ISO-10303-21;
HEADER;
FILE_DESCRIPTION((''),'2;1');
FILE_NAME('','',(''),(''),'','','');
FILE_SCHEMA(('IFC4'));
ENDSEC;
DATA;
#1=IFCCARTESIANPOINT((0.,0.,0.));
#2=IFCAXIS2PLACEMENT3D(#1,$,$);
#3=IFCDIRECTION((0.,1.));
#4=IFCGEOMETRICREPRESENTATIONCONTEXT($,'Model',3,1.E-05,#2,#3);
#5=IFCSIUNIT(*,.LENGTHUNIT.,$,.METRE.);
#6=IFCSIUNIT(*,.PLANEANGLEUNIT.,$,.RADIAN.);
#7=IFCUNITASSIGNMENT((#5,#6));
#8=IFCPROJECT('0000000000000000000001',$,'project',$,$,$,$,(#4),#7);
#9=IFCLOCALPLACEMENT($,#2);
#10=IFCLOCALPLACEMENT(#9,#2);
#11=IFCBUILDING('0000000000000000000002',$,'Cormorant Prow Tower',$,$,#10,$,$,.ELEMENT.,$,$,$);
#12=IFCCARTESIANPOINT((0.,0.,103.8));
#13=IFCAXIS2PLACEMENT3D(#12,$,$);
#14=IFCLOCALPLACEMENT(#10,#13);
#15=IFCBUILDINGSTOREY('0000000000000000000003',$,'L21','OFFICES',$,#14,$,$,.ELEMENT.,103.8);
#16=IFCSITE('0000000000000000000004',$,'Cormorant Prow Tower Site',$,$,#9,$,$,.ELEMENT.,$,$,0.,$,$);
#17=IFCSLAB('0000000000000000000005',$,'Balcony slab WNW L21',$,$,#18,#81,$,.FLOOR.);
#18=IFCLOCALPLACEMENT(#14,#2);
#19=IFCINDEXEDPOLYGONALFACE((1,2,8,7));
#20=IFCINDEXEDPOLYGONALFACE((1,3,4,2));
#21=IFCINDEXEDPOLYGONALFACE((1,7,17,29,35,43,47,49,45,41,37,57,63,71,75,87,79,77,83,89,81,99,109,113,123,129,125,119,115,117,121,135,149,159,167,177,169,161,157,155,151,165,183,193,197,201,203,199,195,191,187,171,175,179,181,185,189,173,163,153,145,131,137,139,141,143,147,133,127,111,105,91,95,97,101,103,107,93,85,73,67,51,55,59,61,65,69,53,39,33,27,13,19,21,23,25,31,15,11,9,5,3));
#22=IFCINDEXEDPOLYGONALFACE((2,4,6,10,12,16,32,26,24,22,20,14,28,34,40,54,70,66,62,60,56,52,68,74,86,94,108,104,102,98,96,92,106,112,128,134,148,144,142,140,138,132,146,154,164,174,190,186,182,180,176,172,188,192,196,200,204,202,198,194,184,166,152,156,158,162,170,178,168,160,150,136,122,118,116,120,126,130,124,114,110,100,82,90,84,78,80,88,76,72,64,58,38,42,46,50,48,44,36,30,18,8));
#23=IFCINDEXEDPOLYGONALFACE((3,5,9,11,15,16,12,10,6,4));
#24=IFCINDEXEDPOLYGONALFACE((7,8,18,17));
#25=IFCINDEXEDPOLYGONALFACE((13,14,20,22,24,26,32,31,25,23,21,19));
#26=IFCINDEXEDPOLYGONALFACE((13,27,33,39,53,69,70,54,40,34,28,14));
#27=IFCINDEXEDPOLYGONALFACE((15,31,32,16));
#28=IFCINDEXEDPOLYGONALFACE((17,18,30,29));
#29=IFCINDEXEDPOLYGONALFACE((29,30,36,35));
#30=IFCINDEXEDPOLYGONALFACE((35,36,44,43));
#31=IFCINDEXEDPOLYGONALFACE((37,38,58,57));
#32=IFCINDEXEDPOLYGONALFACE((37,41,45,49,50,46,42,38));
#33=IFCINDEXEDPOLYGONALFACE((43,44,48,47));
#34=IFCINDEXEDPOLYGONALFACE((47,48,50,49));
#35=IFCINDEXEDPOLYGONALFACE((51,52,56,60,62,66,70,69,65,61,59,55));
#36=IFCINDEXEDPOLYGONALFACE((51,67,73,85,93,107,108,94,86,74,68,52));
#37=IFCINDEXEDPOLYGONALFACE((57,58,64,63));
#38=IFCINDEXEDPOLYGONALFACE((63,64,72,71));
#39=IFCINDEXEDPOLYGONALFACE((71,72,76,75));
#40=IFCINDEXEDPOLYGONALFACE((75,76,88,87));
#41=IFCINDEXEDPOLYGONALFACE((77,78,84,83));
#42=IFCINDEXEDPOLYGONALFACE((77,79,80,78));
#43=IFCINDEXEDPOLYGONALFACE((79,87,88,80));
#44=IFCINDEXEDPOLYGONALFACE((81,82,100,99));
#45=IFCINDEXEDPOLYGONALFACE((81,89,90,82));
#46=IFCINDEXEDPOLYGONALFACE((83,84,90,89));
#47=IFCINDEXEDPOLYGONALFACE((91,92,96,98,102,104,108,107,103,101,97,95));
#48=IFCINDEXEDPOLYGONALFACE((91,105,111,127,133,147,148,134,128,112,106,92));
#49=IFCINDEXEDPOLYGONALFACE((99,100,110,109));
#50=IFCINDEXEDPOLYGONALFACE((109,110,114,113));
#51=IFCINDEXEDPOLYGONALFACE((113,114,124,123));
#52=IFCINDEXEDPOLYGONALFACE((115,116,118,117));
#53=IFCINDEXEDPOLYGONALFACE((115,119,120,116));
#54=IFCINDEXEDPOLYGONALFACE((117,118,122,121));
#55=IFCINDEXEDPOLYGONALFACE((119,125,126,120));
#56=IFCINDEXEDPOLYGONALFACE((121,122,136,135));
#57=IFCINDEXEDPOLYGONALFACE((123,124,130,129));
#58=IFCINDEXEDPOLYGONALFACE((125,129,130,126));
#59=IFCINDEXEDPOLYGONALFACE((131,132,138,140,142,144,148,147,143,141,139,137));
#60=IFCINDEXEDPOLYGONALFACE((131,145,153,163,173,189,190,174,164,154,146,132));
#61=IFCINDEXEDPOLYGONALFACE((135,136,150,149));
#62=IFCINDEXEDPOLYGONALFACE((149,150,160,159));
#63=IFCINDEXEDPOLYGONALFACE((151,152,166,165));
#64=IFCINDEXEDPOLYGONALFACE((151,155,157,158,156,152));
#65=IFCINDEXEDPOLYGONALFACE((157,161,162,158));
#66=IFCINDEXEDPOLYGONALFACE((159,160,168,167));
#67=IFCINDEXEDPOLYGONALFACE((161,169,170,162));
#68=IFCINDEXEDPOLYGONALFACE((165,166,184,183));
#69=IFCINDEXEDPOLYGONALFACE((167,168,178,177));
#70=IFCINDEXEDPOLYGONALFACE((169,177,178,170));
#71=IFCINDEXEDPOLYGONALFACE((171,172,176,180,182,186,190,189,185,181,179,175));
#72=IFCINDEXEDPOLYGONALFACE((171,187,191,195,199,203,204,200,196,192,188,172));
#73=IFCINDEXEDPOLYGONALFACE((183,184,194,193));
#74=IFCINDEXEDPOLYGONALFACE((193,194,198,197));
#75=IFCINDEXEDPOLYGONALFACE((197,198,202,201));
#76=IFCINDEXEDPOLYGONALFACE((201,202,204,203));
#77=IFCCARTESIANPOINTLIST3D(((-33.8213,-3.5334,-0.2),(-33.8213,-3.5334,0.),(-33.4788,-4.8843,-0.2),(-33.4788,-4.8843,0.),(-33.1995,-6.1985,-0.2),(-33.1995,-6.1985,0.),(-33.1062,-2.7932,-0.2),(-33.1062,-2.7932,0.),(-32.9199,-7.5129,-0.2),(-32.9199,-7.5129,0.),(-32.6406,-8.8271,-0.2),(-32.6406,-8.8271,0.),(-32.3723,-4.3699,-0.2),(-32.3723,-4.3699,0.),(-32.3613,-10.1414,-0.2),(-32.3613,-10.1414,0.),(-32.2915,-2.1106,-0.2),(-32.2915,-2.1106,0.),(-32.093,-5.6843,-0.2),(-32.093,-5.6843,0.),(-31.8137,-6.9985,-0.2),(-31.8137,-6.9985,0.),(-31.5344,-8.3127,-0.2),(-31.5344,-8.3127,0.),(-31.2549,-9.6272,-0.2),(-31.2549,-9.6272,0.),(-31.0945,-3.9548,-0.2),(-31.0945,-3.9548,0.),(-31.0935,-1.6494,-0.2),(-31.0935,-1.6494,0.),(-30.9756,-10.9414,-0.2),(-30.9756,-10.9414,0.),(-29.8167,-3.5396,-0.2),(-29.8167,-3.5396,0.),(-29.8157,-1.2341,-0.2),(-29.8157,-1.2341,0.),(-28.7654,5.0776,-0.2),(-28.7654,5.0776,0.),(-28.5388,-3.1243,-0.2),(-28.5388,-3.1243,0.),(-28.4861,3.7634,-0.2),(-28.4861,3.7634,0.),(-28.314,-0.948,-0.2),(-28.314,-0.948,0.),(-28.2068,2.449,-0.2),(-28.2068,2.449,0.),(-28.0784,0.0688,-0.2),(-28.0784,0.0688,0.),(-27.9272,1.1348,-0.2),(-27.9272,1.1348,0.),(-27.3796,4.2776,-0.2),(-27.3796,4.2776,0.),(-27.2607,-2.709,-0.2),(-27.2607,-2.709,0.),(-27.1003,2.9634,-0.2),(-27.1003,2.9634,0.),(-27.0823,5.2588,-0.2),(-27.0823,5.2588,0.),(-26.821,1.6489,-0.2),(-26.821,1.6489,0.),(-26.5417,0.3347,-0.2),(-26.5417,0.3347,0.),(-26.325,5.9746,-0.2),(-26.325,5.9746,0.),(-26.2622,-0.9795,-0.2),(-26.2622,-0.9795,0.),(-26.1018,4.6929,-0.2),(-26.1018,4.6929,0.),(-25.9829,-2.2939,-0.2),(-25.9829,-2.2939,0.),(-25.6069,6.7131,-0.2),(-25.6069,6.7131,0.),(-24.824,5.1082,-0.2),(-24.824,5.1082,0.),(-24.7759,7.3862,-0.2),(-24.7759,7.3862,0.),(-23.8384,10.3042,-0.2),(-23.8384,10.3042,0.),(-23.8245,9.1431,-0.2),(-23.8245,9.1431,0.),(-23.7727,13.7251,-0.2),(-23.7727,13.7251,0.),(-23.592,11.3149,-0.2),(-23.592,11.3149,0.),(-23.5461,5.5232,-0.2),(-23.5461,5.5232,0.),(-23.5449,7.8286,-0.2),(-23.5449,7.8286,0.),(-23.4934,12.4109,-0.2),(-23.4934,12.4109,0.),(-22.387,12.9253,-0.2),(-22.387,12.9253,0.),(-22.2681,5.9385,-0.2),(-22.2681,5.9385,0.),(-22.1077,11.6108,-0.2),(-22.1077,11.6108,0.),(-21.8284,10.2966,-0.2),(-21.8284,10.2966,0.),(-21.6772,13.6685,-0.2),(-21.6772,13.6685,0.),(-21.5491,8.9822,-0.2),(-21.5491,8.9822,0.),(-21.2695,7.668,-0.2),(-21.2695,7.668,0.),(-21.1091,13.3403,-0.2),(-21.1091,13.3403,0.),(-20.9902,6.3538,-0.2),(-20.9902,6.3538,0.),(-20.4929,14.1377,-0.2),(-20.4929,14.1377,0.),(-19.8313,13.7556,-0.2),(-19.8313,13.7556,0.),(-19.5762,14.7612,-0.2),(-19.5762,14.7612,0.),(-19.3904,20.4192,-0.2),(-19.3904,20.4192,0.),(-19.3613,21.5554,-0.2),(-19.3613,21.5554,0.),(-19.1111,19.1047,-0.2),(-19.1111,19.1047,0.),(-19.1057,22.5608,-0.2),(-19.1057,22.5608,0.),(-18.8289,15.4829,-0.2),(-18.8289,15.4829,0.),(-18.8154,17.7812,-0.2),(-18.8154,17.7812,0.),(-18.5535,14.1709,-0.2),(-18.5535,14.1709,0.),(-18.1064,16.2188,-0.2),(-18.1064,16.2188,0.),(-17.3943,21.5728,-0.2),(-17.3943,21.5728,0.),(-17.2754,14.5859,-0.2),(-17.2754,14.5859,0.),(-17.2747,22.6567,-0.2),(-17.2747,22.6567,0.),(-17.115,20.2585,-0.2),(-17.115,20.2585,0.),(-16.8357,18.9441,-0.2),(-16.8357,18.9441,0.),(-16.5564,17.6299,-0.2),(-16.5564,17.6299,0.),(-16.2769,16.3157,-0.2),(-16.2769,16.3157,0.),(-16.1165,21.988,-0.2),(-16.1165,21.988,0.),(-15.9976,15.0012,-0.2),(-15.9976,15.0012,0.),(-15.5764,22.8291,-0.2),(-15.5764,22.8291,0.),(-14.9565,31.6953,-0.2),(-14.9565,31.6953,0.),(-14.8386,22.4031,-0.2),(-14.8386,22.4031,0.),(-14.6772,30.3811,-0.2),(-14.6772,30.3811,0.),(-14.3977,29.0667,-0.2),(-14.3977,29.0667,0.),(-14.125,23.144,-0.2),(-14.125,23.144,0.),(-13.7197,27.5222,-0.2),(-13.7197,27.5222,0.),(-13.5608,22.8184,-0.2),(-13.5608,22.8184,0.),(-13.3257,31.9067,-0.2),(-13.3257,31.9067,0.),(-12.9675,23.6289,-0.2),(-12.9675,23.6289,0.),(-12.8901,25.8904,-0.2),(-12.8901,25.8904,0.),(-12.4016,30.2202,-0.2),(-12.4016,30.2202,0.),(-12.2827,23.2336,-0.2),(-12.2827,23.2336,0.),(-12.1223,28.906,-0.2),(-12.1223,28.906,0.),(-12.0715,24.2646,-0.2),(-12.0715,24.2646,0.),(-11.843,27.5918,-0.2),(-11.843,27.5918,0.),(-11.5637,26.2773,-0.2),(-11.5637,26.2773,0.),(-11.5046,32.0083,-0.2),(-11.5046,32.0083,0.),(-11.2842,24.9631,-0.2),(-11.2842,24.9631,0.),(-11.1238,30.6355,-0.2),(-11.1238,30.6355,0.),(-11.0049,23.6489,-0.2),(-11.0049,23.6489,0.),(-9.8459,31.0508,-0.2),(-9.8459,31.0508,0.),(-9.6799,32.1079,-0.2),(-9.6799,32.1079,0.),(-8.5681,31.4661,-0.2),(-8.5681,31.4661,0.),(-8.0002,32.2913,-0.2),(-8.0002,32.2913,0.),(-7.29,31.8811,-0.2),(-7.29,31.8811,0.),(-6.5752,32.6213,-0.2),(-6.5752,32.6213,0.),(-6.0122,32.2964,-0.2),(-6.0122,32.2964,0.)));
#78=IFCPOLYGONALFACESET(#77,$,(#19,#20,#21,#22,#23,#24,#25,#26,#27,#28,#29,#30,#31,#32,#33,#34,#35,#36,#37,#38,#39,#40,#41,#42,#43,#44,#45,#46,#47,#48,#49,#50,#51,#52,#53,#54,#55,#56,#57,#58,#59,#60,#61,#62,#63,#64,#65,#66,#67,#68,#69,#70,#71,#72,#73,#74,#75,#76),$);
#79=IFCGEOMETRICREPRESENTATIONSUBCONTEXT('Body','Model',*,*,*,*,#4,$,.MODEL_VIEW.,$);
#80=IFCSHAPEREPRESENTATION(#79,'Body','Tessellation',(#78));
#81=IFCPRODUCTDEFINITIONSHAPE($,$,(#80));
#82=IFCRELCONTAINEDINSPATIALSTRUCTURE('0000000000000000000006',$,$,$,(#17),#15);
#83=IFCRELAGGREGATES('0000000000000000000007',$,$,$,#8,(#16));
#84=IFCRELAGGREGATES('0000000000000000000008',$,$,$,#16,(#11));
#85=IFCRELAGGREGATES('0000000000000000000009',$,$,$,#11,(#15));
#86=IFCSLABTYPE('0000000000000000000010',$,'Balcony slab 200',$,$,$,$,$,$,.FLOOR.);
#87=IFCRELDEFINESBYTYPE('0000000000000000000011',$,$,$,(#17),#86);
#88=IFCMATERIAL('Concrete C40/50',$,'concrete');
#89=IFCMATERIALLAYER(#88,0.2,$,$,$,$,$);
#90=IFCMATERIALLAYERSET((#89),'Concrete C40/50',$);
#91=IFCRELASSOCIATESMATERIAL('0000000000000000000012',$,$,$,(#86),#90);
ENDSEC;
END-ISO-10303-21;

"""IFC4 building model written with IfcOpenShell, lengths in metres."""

from ifc_helpers import new_model, si_unit, direction, frame, origin, place, context, subcontext, project, spatial, polyline, outline, extrude, material, layer, layer_set, type_object, element, save


model = new_model("IFC4")

# Units and contexts
model_context = context("Model", 3, precision=1e-05, world=origin(), true_north=direction((0.0, 1.0)))
body_context = subcontext(model_context, "Body", "Model", "MODEL_VIEW")
ifc_project = project(units=[si_unit("LENGTHUNIT", "METRE"), si_unit("PLANEANGLEUNIT", "RADIAN")], contexts=[model_context])

# Site, building, storey
site_placement = place(None, origin())
site = spatial("IfcSite", under=ifc_project, at=site_placement, Name="Cormorant Prow Tower Site", CompositionType="ELEMENT", RefElevation=0.0)
building_placement = place(site_placement, origin())
building = spatial("IfcBuilding", under=site, at=building_placement, Name="Cormorant Prow Tower", CompositionType="ELEMENT")
storey_placement = place(building_placement, frame((0.0, 0.0, 103.8)))
storey = spatial("IfcBuildingStorey", under=building, at=storey_placement, Name="L21", Description="OFFICES", CompositionType="ELEMENT", Elevation=103.8)

# Slab
ifc_material_1 = material(Name="Concrete C40/50", Category="concrete")
ifc_layer_1 = layer(ifc_material_1, 0.2)
ifc_layer_set_1 = layer_set([ifc_layer_1], Name="Concrete C40/50")
slab_type_1 = type_object("IfcSlabType", Name="Balcony slab 200", PredefinedType="FLOOR", material=ifc_layer_set_1)
slab_1_placement = place(storey_placement, frame((0.0, 0.0, -0.2)))
element("IfcSlab", 1, at=slab_1_placement, inside=storey, type_object=slab_type_1, Name="Balcony slab WNW L21", PredefinedType="FLOOR", context=body_context, shape_type="SweptSolid", body=[
    extrude(outline(polyline([(-6.0122, 32.2964), (-6.5752, 32.6213), (-8.0002, 32.2913), (-9.6799, 32.1079), (-11.5046, 32.0083), (-13.3257, 31.9067), (-14.9565, 31.6953), (-14.6772, 30.3811), (-14.3977, 29.0667), (-13.7197, 27.5222), (-12.8901, 25.8904), (-12.0715, 24.2646), (-12.9675, 23.6289), (-14.125, 23.144), (-15.5764, 22.8291), (-17.2747, 22.6567), (-19.1057, 22.5608), (-19.3613, 21.5554), (-19.3904, 20.4192), (-19.1111, 19.1047), (-18.8154, 17.7812), (-18.1064, 16.2188), (-18.8289, 15.4829), (-19.5762, 14.7612), (-20.4929, 14.1377), (-21.6772, 13.6685), (-23.7727, 13.7251), (-23.4934, 12.4109), (-23.592, 11.3149), (-23.8384, 10.3042), (-23.8245, 9.1431), (-23.5449, 7.8286), (-24.7759, 7.3862), (-25.6069, 6.7131), (-26.325, 5.9746), (-27.0823, 5.2588), (-28.7654, 5.0776), (-28.4861, 3.7634), (-28.2068, 2.449), (-27.9272, 1.1348), (-28.0784, 0.0688), (-28.314, -0.948), (-29.8157, -1.2341), (-31.0935, -1.6494), (-32.2915, -2.1106), (-33.1062, -2.7932), (-33.8213, -3.5334), (-33.4788, -4.8843), (-33.1995, -6.1985), (-32.9199, -7.5129), (-32.6406, -8.8271), (-32.3613, -10.1414), (-30.9756, -10.9414), (-31.2549, -9.6272), (-31.5344, -8.3127), (-31.8137, -6.9985), (-32.093, -5.6843), (-32.3723, -4.3699), (-31.0945, -3.9548), (-29.8167, -3.5396), (-28.5388, -3.1243), (-27.2607, -2.709), (-25.9829, -2.2939), (-26.2622, -0.9795), (-26.5417, 0.3347), (-26.821, 1.6489), (-27.1003, 2.9634), (-27.3796, 4.2776), (-26.1018, 4.6929), (-24.824, 5.1082), (-23.5461, 5.5232), (-22.2681, 5.9385), (-20.9902, 6.3538), (-21.2695, 7.668), (-21.5491, 8.9822), (-21.8284, 10.2966), (-22.1077, 11.6108), (-22.387, 12.9253), (-21.1091, 13.3403), (-19.8313, 13.7556), (-18.5535, 14.1709), (-17.2754, 14.5859), (-15.9976, 15.0012), (-16.2769, 16.3157), (-16.5564, 17.6299), (-16.8357, 18.9441), (-17.115, 20.2585), (-17.3943, 21.5728), (-16.1165, 21.988), (-14.8386, 22.4031), (-13.5608, 22.8184), (-12.2827, 23.2336), (-11.0049, 23.6489), (-11.2842, 24.9631), (-11.5637, 26.2773), (-11.843, 27.5918), (-12.1223, 28.906), (-12.4016, 30.2202), (-11.1238, 30.6355), (-9.8459, 31.0508), (-8.5681, 31.4661), (-7.29, 31.8811), (-6.0122, 32.2964)])), origin(), (0.0, 0.0, 1.0), 0.2),
])

save(model, "model.ifc")
